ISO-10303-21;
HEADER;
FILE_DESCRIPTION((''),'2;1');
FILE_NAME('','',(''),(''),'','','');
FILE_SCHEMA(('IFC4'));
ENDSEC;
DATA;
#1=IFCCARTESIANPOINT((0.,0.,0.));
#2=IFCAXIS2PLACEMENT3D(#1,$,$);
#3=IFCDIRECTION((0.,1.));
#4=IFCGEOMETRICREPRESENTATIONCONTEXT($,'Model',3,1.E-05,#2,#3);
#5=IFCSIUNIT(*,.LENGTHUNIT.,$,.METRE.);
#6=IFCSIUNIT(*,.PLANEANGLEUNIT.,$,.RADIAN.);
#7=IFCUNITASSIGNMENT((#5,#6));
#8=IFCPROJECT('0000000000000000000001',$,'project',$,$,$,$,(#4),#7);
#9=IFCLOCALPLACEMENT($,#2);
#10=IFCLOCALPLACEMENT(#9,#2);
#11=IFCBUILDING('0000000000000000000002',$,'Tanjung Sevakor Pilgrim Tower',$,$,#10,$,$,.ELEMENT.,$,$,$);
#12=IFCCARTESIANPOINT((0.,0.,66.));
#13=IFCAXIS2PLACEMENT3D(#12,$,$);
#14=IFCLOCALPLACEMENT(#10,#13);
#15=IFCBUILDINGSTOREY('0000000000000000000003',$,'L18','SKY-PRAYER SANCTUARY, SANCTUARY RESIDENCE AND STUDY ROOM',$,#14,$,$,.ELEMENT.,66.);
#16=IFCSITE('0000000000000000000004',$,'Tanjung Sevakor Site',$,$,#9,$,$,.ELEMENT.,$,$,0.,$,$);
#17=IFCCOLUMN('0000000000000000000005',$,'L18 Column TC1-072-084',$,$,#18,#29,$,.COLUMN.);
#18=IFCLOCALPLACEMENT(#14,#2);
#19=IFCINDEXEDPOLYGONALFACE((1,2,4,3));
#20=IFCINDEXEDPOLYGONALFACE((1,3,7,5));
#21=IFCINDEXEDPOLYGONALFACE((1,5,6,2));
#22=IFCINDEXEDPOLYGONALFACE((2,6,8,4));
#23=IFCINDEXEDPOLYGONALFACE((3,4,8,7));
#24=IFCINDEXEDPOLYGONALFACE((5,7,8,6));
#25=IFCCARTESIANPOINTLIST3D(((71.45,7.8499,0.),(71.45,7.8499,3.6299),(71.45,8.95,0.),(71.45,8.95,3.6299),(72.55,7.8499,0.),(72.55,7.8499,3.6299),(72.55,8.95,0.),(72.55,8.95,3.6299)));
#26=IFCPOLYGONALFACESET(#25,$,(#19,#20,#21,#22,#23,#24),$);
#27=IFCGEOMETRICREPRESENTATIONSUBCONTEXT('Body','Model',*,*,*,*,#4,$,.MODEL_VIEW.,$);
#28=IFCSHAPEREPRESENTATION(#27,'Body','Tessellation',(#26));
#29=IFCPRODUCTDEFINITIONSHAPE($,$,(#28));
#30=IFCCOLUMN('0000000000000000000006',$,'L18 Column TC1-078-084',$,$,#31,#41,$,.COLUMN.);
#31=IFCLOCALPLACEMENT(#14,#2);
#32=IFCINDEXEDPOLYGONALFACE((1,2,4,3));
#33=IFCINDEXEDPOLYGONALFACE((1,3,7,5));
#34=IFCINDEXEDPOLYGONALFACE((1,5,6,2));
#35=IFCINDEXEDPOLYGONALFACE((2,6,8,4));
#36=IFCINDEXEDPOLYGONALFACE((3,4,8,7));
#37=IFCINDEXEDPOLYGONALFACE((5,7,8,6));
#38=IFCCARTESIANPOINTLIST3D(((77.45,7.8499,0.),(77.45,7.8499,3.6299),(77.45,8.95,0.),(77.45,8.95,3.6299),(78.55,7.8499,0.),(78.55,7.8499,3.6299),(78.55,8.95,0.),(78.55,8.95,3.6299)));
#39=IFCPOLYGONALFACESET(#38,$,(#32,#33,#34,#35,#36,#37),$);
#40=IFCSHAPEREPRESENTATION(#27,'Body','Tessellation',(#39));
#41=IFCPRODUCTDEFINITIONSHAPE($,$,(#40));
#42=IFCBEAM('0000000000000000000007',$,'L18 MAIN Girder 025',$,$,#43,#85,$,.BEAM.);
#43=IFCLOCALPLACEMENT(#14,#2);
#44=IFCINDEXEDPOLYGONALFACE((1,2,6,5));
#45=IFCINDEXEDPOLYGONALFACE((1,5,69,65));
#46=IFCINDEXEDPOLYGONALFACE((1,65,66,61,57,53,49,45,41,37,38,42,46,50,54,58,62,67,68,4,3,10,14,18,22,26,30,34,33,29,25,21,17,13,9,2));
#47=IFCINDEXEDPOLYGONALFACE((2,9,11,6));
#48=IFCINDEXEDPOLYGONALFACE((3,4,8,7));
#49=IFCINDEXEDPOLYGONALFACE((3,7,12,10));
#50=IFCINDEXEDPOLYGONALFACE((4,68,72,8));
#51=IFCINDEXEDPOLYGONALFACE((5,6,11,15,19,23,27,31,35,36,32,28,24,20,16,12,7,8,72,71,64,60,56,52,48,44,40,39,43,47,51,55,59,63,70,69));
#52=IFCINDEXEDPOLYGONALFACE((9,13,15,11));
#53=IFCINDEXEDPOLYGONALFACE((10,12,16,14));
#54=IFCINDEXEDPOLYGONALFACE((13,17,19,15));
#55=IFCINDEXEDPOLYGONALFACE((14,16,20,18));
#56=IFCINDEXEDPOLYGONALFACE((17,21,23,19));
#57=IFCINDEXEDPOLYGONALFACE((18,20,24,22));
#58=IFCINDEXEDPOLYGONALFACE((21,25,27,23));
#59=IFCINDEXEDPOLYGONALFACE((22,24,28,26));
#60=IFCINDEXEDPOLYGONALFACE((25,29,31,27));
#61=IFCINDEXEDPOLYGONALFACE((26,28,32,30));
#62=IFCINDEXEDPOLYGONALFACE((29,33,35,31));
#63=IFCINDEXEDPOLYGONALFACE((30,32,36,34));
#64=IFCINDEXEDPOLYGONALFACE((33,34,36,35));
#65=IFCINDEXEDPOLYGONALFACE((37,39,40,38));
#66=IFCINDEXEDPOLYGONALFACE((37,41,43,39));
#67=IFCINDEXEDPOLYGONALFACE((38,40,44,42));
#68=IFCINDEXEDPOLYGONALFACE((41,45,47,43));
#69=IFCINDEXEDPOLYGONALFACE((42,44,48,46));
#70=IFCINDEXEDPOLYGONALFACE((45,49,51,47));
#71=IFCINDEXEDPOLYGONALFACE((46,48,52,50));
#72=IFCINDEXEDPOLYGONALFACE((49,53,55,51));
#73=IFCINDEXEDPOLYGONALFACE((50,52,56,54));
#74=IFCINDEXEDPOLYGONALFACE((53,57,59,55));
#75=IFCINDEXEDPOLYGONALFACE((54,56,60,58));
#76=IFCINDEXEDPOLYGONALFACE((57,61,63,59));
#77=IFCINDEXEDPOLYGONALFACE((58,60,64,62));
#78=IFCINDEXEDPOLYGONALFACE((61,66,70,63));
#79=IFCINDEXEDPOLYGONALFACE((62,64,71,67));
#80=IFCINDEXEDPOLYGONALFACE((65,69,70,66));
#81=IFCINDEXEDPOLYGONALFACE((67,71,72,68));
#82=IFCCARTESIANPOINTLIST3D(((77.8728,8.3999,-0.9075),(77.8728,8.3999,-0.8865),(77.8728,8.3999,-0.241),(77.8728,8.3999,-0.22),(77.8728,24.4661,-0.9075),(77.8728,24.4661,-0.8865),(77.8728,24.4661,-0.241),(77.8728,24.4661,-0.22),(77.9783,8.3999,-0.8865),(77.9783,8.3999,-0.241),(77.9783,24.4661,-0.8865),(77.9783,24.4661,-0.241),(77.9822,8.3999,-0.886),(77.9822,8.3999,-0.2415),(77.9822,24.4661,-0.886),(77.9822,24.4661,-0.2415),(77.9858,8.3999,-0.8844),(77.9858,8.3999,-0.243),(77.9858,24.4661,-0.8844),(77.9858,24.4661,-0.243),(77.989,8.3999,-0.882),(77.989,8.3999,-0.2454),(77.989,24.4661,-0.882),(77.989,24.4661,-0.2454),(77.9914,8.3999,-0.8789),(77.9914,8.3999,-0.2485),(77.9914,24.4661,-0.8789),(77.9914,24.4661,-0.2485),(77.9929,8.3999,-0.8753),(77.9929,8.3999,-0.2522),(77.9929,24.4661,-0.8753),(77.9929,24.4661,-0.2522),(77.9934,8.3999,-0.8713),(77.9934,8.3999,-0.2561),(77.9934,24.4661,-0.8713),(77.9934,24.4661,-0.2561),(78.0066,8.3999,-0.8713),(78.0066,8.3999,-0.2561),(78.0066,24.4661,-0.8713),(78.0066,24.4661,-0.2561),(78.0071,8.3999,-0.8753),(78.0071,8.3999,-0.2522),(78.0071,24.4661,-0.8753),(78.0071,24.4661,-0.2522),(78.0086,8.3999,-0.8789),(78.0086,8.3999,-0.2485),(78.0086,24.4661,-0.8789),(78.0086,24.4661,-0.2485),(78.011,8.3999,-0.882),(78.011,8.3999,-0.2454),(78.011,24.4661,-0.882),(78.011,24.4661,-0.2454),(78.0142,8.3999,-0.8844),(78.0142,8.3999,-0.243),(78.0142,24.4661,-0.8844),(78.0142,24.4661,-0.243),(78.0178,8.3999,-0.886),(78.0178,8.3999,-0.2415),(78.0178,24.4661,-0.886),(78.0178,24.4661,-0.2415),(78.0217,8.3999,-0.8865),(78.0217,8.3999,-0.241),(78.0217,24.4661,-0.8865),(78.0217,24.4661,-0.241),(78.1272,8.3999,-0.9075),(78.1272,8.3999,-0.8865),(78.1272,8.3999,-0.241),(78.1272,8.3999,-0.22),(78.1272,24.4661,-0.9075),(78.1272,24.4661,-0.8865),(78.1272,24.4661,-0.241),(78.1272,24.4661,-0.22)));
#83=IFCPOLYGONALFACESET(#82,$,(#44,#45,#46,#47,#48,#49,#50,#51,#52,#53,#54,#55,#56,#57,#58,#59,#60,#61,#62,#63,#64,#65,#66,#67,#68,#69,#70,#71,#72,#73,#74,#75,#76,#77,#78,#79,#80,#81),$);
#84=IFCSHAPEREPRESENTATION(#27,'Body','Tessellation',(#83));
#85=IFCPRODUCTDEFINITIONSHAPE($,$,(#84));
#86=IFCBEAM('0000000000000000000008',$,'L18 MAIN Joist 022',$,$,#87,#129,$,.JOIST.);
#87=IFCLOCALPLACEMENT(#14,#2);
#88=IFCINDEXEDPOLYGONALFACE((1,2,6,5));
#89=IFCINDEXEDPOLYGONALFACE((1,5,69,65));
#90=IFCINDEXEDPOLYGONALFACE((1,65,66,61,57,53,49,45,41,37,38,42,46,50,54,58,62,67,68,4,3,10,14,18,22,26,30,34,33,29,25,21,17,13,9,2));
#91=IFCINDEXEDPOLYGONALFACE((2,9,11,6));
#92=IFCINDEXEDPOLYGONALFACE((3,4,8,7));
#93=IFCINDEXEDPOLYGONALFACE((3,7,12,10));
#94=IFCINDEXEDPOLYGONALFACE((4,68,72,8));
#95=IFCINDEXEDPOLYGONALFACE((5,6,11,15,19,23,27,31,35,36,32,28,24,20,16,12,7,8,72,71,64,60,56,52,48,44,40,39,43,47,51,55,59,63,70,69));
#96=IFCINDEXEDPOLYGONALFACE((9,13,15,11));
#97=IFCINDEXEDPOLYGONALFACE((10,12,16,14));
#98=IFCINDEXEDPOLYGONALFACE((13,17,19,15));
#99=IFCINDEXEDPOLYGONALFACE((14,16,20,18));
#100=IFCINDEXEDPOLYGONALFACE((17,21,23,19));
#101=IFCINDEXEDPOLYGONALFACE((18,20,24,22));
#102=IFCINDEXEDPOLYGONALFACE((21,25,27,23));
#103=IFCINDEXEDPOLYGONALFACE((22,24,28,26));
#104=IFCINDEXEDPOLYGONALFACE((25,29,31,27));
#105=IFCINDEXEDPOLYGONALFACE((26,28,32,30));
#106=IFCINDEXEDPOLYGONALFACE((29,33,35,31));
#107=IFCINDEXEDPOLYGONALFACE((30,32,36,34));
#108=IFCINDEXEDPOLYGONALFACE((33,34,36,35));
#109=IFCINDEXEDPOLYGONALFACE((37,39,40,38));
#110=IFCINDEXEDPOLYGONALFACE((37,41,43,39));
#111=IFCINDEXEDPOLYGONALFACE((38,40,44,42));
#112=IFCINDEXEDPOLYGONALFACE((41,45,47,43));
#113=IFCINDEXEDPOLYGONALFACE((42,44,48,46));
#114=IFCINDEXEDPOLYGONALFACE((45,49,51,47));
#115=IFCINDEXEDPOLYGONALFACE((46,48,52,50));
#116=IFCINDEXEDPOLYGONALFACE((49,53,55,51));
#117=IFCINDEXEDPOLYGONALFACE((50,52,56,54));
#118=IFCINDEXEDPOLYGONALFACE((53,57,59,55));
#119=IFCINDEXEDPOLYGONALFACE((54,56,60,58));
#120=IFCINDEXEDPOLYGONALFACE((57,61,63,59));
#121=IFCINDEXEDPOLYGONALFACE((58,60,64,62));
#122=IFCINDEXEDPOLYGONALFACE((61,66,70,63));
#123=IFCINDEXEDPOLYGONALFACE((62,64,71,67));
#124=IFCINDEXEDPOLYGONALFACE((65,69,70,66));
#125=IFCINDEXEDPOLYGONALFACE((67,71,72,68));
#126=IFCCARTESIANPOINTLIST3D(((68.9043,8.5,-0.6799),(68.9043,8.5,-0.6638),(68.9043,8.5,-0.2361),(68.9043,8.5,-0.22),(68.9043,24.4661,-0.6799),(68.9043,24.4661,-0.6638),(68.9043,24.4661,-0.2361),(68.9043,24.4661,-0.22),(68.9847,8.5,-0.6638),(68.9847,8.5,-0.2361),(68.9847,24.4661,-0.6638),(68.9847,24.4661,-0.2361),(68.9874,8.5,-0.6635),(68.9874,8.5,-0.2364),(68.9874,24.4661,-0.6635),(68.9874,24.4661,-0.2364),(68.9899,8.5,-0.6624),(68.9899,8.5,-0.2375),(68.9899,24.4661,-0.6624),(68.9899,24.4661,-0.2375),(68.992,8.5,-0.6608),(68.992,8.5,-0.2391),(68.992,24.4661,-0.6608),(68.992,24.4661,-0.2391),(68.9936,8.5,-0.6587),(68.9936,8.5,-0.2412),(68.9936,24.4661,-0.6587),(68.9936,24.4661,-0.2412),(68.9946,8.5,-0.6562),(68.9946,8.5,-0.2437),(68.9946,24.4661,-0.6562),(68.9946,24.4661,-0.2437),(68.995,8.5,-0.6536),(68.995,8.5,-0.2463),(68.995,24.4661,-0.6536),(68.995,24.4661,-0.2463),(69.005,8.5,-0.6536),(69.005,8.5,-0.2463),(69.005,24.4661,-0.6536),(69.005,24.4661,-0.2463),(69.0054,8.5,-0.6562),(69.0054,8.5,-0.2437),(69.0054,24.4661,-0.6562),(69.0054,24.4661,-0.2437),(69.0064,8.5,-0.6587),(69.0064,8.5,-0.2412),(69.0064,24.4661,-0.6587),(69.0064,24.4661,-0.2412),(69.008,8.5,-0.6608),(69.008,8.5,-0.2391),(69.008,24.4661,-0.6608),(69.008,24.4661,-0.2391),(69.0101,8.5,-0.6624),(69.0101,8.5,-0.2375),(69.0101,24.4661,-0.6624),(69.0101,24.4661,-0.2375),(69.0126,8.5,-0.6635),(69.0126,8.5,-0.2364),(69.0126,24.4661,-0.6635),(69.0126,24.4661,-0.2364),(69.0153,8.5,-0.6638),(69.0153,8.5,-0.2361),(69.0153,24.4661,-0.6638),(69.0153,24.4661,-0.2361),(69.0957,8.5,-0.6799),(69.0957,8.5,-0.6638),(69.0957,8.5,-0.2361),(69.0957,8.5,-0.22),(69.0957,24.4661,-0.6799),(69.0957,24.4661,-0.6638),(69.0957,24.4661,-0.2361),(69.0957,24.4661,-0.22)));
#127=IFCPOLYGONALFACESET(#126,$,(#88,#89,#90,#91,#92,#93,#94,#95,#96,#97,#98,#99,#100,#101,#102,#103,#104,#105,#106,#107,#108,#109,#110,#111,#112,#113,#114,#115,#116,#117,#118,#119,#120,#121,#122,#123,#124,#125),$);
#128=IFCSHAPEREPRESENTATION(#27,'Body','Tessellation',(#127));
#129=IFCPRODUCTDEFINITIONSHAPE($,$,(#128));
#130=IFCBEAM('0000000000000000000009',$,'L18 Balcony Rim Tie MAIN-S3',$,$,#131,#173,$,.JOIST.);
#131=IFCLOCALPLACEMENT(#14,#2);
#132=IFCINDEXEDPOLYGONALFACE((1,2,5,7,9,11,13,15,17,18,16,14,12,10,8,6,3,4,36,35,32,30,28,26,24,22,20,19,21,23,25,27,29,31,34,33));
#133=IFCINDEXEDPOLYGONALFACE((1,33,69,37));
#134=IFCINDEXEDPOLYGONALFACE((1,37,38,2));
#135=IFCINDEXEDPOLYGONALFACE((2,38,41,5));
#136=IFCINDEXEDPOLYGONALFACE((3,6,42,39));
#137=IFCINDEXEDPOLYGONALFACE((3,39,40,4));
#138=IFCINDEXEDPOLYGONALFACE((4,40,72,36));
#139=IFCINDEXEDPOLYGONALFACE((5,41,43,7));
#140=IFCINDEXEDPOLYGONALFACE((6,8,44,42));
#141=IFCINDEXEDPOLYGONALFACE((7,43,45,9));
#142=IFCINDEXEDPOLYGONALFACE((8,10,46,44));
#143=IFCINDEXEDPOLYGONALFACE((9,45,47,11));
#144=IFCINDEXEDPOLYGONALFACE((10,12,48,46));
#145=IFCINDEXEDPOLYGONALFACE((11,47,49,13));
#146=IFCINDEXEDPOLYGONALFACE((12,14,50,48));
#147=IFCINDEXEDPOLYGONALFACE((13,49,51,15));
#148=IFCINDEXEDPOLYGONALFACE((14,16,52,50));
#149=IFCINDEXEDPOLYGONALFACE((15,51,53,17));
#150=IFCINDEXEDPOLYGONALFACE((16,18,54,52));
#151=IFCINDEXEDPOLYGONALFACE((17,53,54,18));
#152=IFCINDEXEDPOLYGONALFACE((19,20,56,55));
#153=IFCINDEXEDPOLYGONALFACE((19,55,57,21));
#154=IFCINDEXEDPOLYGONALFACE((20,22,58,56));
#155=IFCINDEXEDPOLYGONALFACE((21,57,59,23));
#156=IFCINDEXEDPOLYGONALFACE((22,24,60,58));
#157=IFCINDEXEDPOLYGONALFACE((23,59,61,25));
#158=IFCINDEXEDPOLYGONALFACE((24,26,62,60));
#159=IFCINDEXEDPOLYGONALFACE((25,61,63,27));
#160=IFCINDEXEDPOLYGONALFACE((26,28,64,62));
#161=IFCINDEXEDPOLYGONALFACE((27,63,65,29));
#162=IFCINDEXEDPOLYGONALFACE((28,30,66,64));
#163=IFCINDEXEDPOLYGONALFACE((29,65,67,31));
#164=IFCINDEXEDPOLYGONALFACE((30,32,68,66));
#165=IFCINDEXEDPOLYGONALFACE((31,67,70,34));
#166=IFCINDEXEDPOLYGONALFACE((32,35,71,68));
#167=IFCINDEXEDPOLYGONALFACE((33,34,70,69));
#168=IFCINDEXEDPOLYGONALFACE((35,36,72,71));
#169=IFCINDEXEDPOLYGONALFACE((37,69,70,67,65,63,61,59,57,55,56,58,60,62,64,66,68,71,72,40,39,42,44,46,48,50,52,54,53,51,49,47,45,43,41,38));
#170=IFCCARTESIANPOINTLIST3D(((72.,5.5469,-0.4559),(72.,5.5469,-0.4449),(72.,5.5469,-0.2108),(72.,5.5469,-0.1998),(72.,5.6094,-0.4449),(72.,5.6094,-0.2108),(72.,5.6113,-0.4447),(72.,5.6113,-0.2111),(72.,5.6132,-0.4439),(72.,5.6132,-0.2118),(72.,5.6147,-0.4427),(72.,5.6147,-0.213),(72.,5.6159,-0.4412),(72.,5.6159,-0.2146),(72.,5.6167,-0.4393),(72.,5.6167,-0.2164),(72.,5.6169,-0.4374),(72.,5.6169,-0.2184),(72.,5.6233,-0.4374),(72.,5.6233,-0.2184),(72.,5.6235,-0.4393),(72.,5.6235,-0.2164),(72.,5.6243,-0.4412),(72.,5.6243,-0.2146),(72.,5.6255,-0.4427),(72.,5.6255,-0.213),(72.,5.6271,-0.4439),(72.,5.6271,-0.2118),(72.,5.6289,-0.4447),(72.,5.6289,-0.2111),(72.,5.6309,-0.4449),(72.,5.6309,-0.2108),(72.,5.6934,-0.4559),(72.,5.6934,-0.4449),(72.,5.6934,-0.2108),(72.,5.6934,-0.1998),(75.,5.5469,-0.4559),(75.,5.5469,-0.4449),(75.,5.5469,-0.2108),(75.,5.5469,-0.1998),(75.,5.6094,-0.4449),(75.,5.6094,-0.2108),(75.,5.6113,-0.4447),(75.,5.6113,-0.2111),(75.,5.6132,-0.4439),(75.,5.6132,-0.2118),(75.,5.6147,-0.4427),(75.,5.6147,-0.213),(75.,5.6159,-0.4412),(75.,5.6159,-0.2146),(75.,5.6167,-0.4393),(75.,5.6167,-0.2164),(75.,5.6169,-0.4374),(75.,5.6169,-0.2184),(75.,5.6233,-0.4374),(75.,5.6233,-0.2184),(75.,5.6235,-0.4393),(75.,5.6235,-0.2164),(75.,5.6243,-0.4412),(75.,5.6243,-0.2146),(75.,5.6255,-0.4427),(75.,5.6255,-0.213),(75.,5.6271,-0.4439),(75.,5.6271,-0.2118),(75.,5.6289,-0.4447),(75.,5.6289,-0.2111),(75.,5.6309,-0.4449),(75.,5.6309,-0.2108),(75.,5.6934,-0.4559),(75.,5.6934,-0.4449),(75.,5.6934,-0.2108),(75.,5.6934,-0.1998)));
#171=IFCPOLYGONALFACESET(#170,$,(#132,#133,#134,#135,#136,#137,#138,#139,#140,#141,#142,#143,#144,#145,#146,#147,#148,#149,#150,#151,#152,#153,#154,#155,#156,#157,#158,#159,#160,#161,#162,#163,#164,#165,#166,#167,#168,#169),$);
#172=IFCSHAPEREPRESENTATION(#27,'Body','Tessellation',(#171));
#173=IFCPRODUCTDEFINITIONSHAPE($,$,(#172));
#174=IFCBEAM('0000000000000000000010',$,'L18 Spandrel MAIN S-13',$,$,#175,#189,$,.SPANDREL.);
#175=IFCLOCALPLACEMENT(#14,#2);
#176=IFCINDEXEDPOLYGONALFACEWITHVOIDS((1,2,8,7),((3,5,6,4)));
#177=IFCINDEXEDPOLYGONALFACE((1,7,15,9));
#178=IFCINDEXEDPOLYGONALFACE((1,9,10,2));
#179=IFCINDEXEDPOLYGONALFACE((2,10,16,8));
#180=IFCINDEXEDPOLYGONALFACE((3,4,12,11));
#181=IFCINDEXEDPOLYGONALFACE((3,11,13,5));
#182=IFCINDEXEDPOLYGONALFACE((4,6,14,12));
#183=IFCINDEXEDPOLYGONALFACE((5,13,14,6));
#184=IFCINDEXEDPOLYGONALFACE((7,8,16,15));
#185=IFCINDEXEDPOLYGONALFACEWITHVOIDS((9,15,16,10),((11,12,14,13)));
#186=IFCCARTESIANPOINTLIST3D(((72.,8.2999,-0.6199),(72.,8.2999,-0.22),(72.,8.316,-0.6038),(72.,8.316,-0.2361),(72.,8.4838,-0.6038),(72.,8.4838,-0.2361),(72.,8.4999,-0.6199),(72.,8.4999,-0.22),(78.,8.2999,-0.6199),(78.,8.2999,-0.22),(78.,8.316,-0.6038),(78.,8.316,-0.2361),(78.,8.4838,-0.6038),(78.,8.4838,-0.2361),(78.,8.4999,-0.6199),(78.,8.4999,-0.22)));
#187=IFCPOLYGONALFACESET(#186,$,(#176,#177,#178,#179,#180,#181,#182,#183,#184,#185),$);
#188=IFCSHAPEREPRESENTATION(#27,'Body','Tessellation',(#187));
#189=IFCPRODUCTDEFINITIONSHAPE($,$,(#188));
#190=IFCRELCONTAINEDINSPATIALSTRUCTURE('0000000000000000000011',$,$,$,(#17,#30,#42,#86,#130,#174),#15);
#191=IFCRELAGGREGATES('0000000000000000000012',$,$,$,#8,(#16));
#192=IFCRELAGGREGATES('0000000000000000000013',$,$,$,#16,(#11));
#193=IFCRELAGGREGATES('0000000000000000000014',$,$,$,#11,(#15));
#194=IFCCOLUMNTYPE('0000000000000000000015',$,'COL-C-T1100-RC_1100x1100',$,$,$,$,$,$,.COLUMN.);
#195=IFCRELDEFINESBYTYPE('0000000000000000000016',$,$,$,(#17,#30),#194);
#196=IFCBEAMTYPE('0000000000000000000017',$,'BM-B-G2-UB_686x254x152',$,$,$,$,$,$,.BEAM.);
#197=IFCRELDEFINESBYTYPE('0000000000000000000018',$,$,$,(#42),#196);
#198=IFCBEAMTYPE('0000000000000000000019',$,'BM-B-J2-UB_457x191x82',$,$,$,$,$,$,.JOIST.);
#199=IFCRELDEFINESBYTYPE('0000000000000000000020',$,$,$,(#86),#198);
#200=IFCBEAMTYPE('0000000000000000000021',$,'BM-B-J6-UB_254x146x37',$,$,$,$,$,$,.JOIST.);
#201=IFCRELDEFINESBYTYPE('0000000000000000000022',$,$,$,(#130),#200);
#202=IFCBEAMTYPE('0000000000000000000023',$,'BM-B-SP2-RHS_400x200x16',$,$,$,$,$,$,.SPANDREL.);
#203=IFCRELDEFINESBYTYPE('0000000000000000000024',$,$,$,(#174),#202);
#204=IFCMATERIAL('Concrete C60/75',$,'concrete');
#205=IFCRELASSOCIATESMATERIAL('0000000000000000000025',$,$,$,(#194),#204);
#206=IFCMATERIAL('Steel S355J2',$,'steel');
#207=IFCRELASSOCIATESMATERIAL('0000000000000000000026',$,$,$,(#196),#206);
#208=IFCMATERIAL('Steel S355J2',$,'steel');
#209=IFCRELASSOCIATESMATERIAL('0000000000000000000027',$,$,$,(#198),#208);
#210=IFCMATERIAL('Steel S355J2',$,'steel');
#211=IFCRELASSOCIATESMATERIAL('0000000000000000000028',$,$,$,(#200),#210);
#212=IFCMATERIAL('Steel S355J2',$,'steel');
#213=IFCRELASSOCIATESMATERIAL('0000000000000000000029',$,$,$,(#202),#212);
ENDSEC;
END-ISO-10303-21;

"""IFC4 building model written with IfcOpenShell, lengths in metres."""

from ifc_helpers import new_model, si_unit, direction, frame, origin, origin_2d, place, context, subcontext, project, spatial, rectangle, hollow_rectangle, i_section, extrude, material, material_profile, profile_set, type_object, element, save


model = new_model("IFC4")

# Units and contexts
model_context = context("Model", 3, precision=1e-05, world=origin(), true_north=direction((0.0, 1.0)))
body_context = subcontext(model_context, "Body", "Model", "MODEL_VIEW")
ifc_project = project(units=[si_unit("LENGTHUNIT", "METRE"), si_unit("PLANEANGLEUNIT", "RADIAN")], contexts=[model_context])

# Site, building, storey
site_placement = place(None, origin())
site = spatial("IfcSite", under=ifc_project, at=site_placement, Name="Tanjung Sevakor Site", CompositionType="ELEMENT", RefElevation=0.0)
building_placement = place(site_placement, origin())
building = spatial("IfcBuilding", under=site, at=building_placement, Name="Tanjung Sevakor Pilgrim Tower", CompositionType="ELEMENT")
storey_placement = place(building_placement, frame((0.0, 0.0, 66.0)))
storey = spatial("IfcBuildingStorey", under=building, at=storey_placement, Name="L18", Description="SKY-PRAYER SANCTUARY, SANCTUARY RESIDENCE AND STUDY ROOM", CompositionType="ELEMENT", Elevation=66.0)

# Columns
ifc_material_1 = material(Name="Concrete C60/75", Category="concrete")
ifc_material_profile_1 = material_profile(ifc_material_1, rectangle(XDim=1.1001, YDim=1.1001, at=origin_2d()))
ifc_profile_set_1 = profile_set([ifc_material_profile_1], Name="Concrete C60/75")
column_type = type_object("IfcColumnType", Name="COL-C-T1100-RC_1100x1100", PredefinedType="COLUMN", material=ifc_profile_set_1)
for number, where, z_axis, x_axis, name in (
    (1, (72.0, 8.3999, 0.0), (0.0, 0.0, 1.0), (1.0, 0.0, 0.0), "L18 Column TC1-072-084"),
    (2, (78.0, 8.3999, 0.0), (0.0, 0.0, 1.0), (1.0, 0.0, 0.0), "L18 Column TC1-078-084"),
):
    element("IfcColumn", number, at=place(storey_placement, frame(where, z_axis=z_axis, x_axis=x_axis)), inside=storey, type_object=column_type, Name=name, PredefinedType="COLUMN", context=body_context, shape_type="SweptSolid", body=[
        extrude(rectangle(XDim=1.1001, YDim=1.1001, at=origin_2d()), origin(), (0.0, 0.0, 1.0), 3.6299),
    ])

# Beams
ifc_material_2 = material(Name="Steel S355J2", Category="steel")
ifc_material_profile_2 = material_profile(ifc_material_2, i_section(OverallWidth=0.2544, OverallDepth=0.6875, WebThickness=0.0132, FlangeThickness=0.021, FilletRadius=0.0151, at=origin_2d()))
ifc_profile_set_2 = profile_set([ifc_material_profile_2], Name="Steel S355J2")
beam_type_1 = type_object("IfcBeamType", Name="BM-B-G2-UB_686x254x152", PredefinedType="BEAM", material=ifc_profile_set_2)
beam_1_placement = place(storey_placement, frame((78.0, 8.3999, -0.5637), z_axis=(0.0, 1.0, 0.0), x_axis=(-1.0, 0.0, 0.0)))
element("IfcBeam", 3, at=beam_1_placement, inside=storey, type_object=beam_type_1, Name="L18 MAIN Girder 025", PredefinedType="BEAM", context=body_context, shape_type="SweptSolid", body=[
    extrude(i_section(OverallWidth=0.2544, OverallDepth=0.6875, WebThickness=0.0132, FlangeThickness=0.021, FilletRadius=0.0151, at=origin_2d()), origin(), (0.0, 0.0, 1.0), 16.0662),
])
ifc_material_3 = material(Name="Steel S355J2", Category="steel")
ifc_material_profile_3 = material_profile(ifc_material_3, i_section(OverallWidth=0.1914, OverallDepth=0.46, WebThickness=0.01, FlangeThickness=0.0161, FilletRadius=0.0103, at=origin_2d()))
ifc_profile_set_3 = profile_set([ifc_material_profile_3], Name="Steel S355J2")
beam_type_2 = type_object("IfcBeamType", Name="BM-B-J2-UB_457x191x82", PredefinedType="JOIST", material=ifc_profile_set_3)
beam_2_placement = place(storey_placement, frame((69.0, 8.5, -0.45), z_axis=(0.0, 1.0, 0.0), x_axis=(-1.0, 0.0, 0.0)))
element("IfcBeam", 4, at=beam_2_placement, inside=storey, type_object=beam_type_2, Name="L18 MAIN Joist 022", PredefinedType="JOIST", context=body_context, shape_type="SweptSolid", body=[
    extrude(i_section(OverallWidth=0.1914, OverallDepth=0.46, WebThickness=0.01, FlangeThickness=0.0161, FilletRadius=0.0103, at=origin_2d()), origin(), (0.0, 0.0, 1.0), 15.9661),
])
ifc_material_4 = material(Name="Steel S355J2", Category="steel")
ifc_material_profile_4 = material_profile(ifc_material_4, i_section(OverallWidth=0.1465, OverallDepth=0.2561, WebThickness=0.0063, FlangeThickness=0.011, FilletRadius=0.0076, at=origin_2d()))
ifc_profile_set_4 = profile_set([ifc_material_profile_4], Name="Steel S355J2")
beam_type_3 = type_object("IfcBeamType", Name="BM-B-J6-UB_254x146x37", PredefinedType="JOIST", material=ifc_profile_set_4)
beam_3_placement = place(storey_placement, frame((72.0, 5.6201, -0.3279), z_axis=(1.0, 0.0, 0.0), x_axis=(0.0, 1.0, 0.0)))
element("IfcBeam", 5, at=beam_3_placement, inside=storey, type_object=beam_type_3, Name="L18 Balcony Rim Tie MAIN-S3", PredefinedType="JOIST", context=body_context, shape_type="SweptSolid", body=[
    extrude(i_section(OverallWidth=0.1465, OverallDepth=0.2561, WebThickness=0.0063, FlangeThickness=0.011, FilletRadius=0.0076, at=origin_2d()), origin(), (0.0, 0.0, 1.0), 3.0),
])
ifc_material_5 = material(Name="Steel S355J2", Category="steel")
ifc_material_profile_5 = material_profile(ifc_material_5, hollow_rectangle(XDim=0.2, YDim=0.3999, WallThickness=0.0161, at=origin_2d()))
ifc_profile_set_5 = profile_set([ifc_material_profile_5], Name="Steel S355J2")
beam_type_4 = type_object("IfcBeamType", Name="BM-B-SP2-RHS_400x200x16", PredefinedType="SPANDREL", material=ifc_profile_set_5)
for number, where, z_axis, x_axis, name in (
    (6, (72.0, 8.3999, -0.4199), (1.0, 0.0, 0.0), (0.0, 1.0, 0.0), "L18 Spandrel MAIN S-13"),
):
    element("IfcBeam", number, at=place(storey_placement, frame(where, z_axis=z_axis, x_axis=x_axis)), inside=storey, type_object=beam_type_4, Name=name, PredefinedType="SPANDREL", context=body_context, shape_type="SweptSolid", body=[
        extrude(hollow_rectangle(XDim=0.2, YDim=0.3999, WallThickness=0.0161, at=origin_2d()), origin(), (0.0, 0.0, 1.0), 6.0),
    ])

save(model, "model.ifc")
